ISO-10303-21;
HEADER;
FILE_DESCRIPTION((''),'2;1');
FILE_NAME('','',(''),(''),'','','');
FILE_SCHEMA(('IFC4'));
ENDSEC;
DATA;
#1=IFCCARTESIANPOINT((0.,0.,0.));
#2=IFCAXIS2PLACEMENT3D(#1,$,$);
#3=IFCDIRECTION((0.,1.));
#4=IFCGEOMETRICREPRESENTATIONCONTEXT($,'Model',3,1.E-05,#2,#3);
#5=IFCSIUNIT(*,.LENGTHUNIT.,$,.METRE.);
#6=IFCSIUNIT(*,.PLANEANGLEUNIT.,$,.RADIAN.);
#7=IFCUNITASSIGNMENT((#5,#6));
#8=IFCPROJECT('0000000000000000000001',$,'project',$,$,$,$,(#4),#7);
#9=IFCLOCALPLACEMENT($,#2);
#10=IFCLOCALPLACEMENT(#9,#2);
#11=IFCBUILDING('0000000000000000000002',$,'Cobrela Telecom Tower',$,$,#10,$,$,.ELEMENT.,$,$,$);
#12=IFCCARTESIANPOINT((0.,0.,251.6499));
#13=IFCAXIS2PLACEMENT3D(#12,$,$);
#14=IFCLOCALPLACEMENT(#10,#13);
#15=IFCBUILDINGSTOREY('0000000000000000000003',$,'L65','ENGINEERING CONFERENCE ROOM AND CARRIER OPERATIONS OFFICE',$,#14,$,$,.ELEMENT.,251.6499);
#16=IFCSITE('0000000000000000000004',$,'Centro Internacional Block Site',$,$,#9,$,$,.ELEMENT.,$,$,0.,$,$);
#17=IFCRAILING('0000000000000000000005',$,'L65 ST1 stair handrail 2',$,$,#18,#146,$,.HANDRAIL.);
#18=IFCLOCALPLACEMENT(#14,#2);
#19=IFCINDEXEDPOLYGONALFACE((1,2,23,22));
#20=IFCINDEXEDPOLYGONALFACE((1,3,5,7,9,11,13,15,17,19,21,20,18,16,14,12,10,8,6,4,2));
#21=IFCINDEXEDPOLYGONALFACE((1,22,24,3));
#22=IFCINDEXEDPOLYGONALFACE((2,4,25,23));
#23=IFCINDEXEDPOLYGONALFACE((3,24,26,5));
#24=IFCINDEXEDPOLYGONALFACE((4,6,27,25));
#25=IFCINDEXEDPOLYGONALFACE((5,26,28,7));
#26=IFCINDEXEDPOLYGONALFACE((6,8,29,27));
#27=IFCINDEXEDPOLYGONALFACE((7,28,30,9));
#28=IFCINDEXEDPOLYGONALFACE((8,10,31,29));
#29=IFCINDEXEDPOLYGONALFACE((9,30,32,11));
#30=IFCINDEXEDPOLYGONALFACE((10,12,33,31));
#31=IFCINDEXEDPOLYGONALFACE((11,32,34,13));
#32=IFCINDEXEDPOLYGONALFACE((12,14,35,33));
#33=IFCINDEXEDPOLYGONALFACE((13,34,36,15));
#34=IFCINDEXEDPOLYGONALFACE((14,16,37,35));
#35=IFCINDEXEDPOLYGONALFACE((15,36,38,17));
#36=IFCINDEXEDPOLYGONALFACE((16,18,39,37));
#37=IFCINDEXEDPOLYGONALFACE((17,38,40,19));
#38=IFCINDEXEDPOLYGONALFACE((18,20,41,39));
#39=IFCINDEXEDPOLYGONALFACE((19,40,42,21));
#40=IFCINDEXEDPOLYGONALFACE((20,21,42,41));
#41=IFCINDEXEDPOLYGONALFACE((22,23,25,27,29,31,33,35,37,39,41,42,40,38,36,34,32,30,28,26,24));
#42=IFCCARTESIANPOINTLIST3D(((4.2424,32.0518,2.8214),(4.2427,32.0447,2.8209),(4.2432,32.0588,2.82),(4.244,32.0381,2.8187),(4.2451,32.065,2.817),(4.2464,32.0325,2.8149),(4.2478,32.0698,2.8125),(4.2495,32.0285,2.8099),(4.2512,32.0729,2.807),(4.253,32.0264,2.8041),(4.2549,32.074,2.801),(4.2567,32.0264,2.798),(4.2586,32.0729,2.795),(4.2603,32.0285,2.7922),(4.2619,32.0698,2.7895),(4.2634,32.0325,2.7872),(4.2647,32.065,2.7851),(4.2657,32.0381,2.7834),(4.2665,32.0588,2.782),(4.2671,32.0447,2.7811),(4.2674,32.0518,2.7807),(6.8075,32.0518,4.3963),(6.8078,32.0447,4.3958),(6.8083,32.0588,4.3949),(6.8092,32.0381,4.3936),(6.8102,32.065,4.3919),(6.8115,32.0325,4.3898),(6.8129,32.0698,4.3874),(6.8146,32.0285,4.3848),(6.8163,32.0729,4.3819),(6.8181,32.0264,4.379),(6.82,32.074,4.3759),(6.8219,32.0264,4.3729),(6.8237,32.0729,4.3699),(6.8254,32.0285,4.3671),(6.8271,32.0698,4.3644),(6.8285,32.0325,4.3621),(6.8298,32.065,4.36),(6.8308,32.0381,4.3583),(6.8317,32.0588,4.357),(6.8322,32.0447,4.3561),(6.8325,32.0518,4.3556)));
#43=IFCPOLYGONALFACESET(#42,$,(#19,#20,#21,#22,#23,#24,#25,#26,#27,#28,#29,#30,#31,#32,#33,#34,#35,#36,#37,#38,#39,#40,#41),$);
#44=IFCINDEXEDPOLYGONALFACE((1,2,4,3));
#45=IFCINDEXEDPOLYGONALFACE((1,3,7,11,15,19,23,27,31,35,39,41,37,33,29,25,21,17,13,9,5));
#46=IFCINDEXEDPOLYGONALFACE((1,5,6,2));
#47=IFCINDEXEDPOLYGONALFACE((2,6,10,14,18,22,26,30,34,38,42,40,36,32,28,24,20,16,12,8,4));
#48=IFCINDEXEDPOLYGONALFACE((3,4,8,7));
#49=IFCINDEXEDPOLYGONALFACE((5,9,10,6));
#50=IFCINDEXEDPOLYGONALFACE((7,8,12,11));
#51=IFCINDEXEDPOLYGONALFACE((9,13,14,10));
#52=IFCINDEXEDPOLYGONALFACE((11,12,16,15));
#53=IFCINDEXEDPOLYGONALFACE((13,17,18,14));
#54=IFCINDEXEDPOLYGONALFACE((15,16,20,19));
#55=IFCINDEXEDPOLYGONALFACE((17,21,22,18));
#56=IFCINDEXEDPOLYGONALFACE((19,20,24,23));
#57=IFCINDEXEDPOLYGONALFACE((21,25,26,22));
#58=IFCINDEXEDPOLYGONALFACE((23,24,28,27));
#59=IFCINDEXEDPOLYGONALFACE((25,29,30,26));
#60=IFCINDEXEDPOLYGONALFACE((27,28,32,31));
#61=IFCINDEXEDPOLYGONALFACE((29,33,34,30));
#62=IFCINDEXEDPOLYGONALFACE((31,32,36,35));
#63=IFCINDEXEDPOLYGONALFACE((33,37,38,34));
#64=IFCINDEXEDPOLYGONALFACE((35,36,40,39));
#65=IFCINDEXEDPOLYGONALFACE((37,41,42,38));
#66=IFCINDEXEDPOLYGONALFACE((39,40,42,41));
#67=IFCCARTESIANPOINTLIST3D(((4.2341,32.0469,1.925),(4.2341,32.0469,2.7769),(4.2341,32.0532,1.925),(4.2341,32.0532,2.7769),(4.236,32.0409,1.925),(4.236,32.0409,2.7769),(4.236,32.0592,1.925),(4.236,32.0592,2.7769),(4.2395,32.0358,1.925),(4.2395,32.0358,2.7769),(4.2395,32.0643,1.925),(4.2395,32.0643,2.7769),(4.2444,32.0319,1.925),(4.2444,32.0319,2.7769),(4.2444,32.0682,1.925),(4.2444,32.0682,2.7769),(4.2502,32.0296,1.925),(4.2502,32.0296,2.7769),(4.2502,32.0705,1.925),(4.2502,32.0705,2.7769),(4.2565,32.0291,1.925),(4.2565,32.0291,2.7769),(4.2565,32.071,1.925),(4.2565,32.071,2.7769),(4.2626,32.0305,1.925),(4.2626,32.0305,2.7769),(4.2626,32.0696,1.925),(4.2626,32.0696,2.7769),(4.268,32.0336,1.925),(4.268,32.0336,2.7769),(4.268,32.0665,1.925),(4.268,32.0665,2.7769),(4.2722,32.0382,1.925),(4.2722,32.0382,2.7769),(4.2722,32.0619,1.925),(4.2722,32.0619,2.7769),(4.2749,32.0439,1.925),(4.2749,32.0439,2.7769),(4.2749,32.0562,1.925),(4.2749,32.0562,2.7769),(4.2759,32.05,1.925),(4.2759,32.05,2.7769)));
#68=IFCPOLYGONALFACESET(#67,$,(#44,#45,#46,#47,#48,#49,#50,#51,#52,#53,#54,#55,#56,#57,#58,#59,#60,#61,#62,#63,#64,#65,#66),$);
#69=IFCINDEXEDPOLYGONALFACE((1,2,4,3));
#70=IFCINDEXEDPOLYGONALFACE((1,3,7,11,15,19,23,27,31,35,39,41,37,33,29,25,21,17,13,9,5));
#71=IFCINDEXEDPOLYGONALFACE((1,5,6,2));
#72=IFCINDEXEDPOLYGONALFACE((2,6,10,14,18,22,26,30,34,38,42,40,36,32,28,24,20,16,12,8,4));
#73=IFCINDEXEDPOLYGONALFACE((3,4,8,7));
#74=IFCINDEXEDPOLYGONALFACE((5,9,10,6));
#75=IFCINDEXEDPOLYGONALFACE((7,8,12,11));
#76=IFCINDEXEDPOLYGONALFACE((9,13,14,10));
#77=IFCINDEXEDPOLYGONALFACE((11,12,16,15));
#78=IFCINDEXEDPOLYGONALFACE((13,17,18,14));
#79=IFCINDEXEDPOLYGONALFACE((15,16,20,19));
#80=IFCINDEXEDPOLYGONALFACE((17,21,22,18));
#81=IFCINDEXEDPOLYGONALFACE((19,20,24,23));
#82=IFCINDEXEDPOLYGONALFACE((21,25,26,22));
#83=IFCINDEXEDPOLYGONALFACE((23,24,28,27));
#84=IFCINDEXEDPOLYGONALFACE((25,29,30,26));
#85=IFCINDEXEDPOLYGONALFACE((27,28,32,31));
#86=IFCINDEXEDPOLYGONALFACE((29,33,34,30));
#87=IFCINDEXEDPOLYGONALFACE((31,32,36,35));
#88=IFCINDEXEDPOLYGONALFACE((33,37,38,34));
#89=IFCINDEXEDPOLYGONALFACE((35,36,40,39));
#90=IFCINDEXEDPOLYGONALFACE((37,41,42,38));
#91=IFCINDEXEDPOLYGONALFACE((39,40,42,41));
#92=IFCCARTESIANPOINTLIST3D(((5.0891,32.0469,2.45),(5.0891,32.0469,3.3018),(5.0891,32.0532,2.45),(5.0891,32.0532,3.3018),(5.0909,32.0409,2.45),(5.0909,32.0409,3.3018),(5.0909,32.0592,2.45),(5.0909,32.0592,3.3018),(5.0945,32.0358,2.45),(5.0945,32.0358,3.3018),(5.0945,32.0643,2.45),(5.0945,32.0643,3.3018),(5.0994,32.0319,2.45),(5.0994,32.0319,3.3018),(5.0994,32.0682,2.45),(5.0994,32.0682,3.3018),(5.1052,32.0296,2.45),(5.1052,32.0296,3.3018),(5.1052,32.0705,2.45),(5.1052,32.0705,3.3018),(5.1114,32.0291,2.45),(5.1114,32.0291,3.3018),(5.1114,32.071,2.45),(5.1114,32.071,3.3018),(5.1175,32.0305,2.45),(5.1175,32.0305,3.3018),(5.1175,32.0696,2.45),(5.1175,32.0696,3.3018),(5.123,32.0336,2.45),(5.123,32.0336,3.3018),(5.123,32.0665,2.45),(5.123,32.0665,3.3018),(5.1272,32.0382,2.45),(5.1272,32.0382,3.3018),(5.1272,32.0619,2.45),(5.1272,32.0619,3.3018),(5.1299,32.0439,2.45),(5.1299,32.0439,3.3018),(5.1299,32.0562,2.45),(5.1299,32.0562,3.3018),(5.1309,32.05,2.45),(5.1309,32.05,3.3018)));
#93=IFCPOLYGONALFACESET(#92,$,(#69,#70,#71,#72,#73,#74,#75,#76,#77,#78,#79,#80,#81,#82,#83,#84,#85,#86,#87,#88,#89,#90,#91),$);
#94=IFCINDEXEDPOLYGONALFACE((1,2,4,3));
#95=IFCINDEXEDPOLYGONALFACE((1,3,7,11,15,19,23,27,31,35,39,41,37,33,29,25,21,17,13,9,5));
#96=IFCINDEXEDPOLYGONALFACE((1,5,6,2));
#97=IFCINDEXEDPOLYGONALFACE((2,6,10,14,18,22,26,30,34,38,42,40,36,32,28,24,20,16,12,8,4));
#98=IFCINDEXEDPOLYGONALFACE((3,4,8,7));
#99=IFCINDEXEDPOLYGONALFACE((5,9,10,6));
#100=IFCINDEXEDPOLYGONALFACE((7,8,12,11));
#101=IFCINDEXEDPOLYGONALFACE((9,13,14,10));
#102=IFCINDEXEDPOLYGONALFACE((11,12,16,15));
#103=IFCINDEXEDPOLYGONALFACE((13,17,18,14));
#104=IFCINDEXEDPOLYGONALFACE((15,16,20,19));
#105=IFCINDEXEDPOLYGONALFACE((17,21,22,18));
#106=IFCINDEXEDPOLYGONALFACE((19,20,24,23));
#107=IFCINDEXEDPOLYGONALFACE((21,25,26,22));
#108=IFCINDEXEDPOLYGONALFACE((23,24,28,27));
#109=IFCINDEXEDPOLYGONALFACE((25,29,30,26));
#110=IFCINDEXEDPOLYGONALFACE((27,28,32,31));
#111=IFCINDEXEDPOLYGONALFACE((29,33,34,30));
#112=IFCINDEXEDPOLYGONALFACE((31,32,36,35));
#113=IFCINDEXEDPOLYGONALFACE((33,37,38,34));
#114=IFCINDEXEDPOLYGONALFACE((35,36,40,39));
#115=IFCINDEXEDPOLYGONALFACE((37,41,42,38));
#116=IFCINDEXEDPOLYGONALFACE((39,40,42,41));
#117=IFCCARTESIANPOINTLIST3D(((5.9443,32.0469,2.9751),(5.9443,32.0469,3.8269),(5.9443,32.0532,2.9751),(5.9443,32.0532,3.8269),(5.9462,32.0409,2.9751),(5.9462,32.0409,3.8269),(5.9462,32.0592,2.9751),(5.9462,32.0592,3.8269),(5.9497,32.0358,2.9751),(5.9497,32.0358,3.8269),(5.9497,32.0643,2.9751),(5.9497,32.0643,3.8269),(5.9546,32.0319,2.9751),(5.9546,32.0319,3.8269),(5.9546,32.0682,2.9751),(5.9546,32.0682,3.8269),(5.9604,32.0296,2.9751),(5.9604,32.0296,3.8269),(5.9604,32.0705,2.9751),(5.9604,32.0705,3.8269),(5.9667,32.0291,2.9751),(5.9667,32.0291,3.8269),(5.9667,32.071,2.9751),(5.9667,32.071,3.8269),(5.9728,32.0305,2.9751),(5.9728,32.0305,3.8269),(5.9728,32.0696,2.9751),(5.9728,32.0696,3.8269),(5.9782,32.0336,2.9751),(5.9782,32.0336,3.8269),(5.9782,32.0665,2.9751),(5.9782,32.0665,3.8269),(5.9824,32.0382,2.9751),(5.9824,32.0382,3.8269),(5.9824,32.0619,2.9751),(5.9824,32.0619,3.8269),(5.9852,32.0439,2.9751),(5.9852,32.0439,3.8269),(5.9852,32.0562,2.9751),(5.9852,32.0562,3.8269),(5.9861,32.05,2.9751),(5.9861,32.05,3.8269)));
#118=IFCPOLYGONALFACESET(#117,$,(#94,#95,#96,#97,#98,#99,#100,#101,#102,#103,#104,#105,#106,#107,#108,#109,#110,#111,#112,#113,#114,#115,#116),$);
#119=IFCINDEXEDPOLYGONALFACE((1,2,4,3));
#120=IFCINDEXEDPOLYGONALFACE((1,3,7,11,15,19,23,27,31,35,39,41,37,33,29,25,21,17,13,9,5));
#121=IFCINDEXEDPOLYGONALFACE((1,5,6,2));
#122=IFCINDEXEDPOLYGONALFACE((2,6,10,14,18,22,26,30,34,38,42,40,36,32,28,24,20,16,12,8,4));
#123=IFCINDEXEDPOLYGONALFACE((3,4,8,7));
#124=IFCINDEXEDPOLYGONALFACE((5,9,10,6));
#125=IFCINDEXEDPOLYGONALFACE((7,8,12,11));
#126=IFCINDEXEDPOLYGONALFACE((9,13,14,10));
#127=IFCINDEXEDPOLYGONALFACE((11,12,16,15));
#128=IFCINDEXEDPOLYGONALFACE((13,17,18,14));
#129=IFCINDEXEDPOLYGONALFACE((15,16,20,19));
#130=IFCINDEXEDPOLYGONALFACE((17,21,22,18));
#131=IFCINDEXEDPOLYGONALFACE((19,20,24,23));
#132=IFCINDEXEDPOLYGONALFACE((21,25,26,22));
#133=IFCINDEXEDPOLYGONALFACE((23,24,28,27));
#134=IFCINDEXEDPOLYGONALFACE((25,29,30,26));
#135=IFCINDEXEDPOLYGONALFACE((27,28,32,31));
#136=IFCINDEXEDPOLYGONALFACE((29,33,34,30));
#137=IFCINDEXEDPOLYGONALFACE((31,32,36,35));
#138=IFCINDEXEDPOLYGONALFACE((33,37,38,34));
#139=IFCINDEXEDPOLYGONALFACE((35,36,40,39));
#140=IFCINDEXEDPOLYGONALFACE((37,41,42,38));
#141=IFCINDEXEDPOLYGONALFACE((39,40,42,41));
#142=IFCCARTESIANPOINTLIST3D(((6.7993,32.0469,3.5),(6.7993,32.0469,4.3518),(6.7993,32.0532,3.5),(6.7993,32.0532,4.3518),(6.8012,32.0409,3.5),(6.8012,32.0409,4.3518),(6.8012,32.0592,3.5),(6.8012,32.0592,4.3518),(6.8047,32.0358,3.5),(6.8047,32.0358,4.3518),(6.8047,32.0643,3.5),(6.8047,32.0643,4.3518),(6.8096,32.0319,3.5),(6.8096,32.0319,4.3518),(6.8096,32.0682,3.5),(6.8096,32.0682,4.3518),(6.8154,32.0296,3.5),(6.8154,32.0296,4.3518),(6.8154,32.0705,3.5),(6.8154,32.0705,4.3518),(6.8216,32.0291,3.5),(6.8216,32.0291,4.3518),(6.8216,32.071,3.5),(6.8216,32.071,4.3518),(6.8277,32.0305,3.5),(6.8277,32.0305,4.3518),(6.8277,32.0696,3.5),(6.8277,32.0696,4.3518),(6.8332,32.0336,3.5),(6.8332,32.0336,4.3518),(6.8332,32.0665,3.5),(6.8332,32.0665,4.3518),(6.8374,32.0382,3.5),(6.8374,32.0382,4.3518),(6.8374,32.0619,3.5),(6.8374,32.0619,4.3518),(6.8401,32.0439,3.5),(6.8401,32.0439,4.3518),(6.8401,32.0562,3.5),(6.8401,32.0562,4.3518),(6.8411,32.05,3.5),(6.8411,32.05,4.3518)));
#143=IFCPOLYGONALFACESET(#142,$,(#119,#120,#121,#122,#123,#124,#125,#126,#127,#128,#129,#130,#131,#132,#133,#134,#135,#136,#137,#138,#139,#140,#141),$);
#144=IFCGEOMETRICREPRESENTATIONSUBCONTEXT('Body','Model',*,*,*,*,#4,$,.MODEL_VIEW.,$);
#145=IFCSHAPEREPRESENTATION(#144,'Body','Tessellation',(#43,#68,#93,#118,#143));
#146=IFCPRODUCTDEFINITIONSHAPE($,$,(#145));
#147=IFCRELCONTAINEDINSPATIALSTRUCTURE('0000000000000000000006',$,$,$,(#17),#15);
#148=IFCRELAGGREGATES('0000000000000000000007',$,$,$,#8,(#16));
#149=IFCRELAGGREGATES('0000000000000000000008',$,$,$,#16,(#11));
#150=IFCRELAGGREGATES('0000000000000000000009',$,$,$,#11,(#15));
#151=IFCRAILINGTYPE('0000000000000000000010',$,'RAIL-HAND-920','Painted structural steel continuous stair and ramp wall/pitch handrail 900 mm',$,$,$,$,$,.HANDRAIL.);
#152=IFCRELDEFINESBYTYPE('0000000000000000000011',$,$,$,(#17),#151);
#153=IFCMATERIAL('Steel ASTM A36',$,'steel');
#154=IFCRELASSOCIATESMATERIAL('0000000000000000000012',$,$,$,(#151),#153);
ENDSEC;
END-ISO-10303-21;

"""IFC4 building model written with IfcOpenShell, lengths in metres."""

from ifc_helpers import new_model, si_unit, direction, frame, origin, origin_2d, place, context, subcontext, project, spatial, circle, extrude, material, type_object, element, save


model = new_model("IFC4")

# Units and contexts
model_context = context("Model", 3, precision=1e-05, world=origin(), true_north=direction((0.0, 1.0)))
body_context = subcontext(model_context, "Body", "Model", "MODEL_VIEW")
ifc_project = project(units=[si_unit("LENGTHUNIT", "METRE"), si_unit("PLANEANGLEUNIT", "RADIAN")], contexts=[model_context])

# Site, building, storey
site_placement = place(None, origin())
site = spatial("IfcSite", under=ifc_project, at=site_placement, Name="Centro Internacional Block Site", CompositionType="ELEMENT", RefElevation=0.0)
building_placement = place(site_placement, origin())
building = spatial("IfcBuilding", under=site, at=building_placement, Name="Cobrela Telecom Tower", CompositionType="ELEMENT")
storey_placement = place(building_placement, frame((0.0, 0.0, 251.6499)))
storey = spatial("IfcBuildingStorey", under=building, at=storey_placement, Name="L65", Description="ENGINEERING CONFERENCE ROOM AND CARRIER OPERATIONS OFFICE", CompositionType="ELEMENT", Elevation=251.6499)

# Shared definitions
ifc_material_1 = material(Name="Steel ASTM A36", Category="steel")

# Railing
railing_type_1 = type_object("IfcRailingType", Name="RAIL-HAND-920", Description="Painted structural steel continuous stair and ramp wall/pitch handrail 900 mm", PredefinedType="HANDRAIL", material=ifc_material_1)
railing_1_placement = place(storey_placement, frame((4.2549, 32.05, 1.925)))
element("IfcRailing", 1, at=railing_1_placement, inside=storey, type_object=railing_type_1, Name="L65 ST1 stair handrail 2", PredefinedType="HANDRAIL", context=body_context, shape_type="SweptSolid", body=[
    extrude(circle(Radius=0.0239, at=origin_2d()), frame((0.0, 0.0, 0.876), z_axis=(0.852195, 0.0, 0.523224), x_axis=(0.0, 1.0, 0.0)), (0.0, 0.0, 1.0), 3.01),
    extrude(circle(Radius=0.021, at=origin_2d()), origin(), (0.0, 0.0, 1.0), 0.8518),
    extrude(circle(Radius=0.021, at=origin_2d()), frame((0.855, 0.0, 0.5249)), (0.0, 0.0, 1.0), 0.8518),
    extrude(circle(Radius=0.021, at=origin_2d()), frame((1.7102, 0.0, 1.05)), (0.0, 0.0, 1.0), 0.8518),
    extrude(circle(Radius=0.021, at=origin_2d()), frame((2.5652, 0.0, 1.575)), (0.0, 0.0, 1.0), 0.8518),
])

save(model, "model.ifc")
